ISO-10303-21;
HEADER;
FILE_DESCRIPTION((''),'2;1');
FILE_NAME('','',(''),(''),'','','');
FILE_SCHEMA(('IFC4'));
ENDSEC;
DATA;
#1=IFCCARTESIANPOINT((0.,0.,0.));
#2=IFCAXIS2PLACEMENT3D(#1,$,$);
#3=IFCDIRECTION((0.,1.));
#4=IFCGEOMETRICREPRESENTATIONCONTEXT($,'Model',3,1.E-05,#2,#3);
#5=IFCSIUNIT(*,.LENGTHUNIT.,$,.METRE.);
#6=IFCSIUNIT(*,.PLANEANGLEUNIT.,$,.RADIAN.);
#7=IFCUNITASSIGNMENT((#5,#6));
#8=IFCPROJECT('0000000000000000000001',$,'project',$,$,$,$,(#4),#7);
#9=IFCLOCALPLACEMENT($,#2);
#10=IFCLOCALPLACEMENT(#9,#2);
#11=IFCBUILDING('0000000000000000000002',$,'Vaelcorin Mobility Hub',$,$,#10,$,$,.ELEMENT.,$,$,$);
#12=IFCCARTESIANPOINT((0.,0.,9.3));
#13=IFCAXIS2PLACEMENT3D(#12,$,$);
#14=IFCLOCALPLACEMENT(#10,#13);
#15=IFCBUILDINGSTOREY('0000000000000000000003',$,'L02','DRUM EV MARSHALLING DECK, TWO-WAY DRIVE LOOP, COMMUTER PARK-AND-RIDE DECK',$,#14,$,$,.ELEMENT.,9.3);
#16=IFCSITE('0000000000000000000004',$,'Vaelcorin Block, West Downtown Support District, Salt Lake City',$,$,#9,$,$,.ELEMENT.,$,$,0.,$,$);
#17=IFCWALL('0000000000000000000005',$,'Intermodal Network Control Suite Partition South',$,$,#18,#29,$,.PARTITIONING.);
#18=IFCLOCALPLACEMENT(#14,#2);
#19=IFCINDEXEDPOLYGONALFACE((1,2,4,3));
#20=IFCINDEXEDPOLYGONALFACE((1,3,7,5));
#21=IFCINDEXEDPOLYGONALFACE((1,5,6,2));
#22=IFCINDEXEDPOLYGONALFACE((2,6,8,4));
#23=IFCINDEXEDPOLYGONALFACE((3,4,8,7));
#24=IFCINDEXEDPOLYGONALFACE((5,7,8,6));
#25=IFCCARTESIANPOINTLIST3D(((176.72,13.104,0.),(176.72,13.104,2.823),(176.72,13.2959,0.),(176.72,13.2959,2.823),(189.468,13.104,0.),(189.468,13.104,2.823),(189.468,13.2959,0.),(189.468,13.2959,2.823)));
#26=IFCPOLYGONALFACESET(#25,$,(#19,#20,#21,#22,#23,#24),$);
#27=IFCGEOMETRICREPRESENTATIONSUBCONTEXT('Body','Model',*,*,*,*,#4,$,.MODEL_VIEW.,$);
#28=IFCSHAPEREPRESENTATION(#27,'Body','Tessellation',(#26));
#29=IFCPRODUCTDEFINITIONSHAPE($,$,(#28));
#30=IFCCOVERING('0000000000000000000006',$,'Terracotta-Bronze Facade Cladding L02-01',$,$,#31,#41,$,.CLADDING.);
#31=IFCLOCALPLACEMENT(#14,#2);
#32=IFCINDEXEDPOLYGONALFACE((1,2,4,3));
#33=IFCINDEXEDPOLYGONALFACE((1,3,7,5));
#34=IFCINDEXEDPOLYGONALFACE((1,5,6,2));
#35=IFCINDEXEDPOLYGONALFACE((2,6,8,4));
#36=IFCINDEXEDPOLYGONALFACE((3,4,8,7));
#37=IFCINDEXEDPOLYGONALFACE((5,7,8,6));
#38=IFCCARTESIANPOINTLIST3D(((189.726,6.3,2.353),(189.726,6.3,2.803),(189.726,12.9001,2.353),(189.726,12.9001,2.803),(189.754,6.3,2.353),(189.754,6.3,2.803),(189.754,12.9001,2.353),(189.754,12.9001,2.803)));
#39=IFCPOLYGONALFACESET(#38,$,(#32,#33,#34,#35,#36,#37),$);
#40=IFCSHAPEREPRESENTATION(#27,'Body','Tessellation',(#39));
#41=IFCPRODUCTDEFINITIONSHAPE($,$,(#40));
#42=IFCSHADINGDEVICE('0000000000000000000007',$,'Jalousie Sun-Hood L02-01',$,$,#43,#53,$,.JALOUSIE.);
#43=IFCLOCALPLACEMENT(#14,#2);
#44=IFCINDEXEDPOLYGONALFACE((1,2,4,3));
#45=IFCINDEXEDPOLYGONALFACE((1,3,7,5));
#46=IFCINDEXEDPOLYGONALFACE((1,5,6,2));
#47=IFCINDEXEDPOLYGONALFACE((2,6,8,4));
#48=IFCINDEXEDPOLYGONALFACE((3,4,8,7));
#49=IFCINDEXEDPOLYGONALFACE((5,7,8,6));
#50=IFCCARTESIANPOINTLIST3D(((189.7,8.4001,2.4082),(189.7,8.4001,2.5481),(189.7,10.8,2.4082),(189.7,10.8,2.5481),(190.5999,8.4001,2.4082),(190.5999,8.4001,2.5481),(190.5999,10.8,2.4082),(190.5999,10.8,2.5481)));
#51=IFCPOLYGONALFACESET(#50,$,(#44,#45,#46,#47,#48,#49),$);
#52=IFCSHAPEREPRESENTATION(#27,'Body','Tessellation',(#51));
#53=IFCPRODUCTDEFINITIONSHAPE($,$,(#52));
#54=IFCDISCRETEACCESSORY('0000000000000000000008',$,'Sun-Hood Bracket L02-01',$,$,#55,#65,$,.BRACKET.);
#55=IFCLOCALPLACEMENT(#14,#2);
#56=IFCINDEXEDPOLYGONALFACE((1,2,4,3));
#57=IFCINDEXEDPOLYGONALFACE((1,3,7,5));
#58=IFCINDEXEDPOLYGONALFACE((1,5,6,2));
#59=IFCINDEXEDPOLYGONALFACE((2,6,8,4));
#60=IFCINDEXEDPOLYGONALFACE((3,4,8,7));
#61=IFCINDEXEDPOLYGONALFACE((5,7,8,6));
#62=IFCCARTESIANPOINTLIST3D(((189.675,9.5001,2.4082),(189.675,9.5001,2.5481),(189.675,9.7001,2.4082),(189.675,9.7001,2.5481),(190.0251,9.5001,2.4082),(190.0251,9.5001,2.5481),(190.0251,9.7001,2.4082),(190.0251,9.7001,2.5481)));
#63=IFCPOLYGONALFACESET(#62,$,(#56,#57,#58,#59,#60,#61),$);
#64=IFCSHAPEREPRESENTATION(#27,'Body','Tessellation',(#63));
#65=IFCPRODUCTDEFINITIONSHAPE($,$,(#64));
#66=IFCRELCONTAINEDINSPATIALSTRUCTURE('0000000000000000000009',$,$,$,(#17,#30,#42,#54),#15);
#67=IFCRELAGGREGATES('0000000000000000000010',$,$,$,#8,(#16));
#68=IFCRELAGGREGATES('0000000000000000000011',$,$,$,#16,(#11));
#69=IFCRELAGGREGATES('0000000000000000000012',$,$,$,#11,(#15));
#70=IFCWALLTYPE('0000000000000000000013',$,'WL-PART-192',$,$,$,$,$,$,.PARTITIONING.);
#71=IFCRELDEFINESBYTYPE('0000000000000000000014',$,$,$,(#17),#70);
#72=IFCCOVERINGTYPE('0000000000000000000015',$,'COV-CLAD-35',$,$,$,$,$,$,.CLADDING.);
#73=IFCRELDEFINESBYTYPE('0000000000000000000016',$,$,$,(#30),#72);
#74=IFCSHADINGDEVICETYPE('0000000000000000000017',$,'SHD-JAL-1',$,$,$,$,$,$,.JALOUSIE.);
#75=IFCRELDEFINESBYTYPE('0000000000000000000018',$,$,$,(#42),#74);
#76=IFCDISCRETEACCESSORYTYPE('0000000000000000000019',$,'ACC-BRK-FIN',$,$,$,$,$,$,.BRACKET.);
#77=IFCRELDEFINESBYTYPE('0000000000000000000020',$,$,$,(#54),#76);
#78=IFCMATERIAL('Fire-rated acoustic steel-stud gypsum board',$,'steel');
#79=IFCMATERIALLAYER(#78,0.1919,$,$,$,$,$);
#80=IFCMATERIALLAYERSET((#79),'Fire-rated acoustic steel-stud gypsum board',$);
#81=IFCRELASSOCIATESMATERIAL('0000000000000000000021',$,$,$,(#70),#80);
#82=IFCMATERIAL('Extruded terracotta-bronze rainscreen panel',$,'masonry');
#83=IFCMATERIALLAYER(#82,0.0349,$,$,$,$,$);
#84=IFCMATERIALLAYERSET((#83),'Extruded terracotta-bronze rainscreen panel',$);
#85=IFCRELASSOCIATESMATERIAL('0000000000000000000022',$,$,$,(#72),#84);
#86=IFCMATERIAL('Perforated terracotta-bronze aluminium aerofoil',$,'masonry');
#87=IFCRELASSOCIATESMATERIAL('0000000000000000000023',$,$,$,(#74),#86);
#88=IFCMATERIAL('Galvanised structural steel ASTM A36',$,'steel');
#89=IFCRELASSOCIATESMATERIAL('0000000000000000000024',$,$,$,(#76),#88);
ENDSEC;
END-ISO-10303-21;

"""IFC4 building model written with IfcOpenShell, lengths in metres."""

from ifc_helpers import new_model, si_unit, direction, frame, frame_2d, origin, origin_2d, place, context, subcontext, project, spatial, rectangle, extrude, material, layer, layer_set, type_object, element, save


model = new_model("IFC4")

# Units and contexts
model_context = context("Model", 3, precision=1e-05, world=origin(), true_north=direction((0.0, 1.0)))
body_context = subcontext(model_context, "Body", "Model", "MODEL_VIEW")
ifc_project = project(units=[si_unit("LENGTHUNIT", "METRE"), si_unit("PLANEANGLEUNIT", "RADIAN")], contexts=[model_context])

# Site, building, storey
site_placement = place(None, origin())
site = spatial("IfcSite", under=ifc_project, at=site_placement, Name="Vaelcorin Block, West Downtown Support District, Salt Lake City", CompositionType="ELEMENT", RefElevation=0.0)
building_placement = place(site_placement, origin())
building = spatial("IfcBuilding", under=site, at=building_placement, Name="Vaelcorin Mobility Hub", CompositionType="ELEMENT")
storey_placement = place(building_placement, frame((0.0, 0.0, 9.3)))
storey = spatial("IfcBuildingStorey", under=building, at=storey_placement, Name="L02", Description="DRUM EV MARSHALLING DECK, TWO-WAY DRIVE LOOP, COMMUTER PARK-AND-RIDE DECK", CompositionType="ELEMENT", Elevation=9.3)

# Shared definitions
ifc_material_1 = material(Name="Extruded terracotta-bronze rainscreen panel", Category="masonry")

# Wall
ifc_material_2 = material(Name="Fire-rated acoustic steel-stud gypsum board", Category="steel")
ifc_layer_1 = layer(ifc_material_2, 0.1919)
ifc_layer_set_1 = layer_set([ifc_layer_1], Name="Fire-rated acoustic steel-stud gypsum board")
wall_type_1 = type_object("IfcWallType", Name="WL-PART-192", PredefinedType="PARTITIONING", material=ifc_layer_set_1)
wall_1_placement = place(storey_placement, frame((189.468, 13.2, 0.0), z_axis=(0.0, 0.0, 1.0), x_axis=(-1.0, 0.0, 0.0)))
element("IfcWall", 1, at=wall_1_placement, inside=storey, type_object=wall_type_1, Name="Intermodal Network Control Suite Partition South", PredefinedType="PARTITIONING", context=body_context, shape_type="SweptSolid", body=[
    extrude(rectangle(XDim=12.748, YDim=0.1919, at=frame_2d((6.374, 0.0))), origin(), (0.0, 0.0, 1.0), 2.823),
])

# Covering
ifc_layer_2 = layer(ifc_material_1, 0.0349)
ifc_layer_set_2 = layer_set([ifc_layer_2], Name="Extruded terracotta-bronze rainscreen panel")
covering_type = type_object("IfcCoveringType", Name="COV-CLAD-35", PredefinedType="CLADDING", material=ifc_layer_set_2)
covering_placement = place(storey_placement, frame((189.74, 9.6001, 2.353), z_axis=(0.0, 0.0, 1.0), x_axis=(1.0, 0.0, 0.0)))
element("IfcCovering", 2, at=covering_placement, inside=storey, type_object=covering_type, Name="Terracotta-Bronze Facade Cladding L02-01", PredefinedType="CLADDING", context=body_context, shape_type="SweptSolid", body=[
    extrude(rectangle(XDim=0.0281, YDim=6.6001, at=origin_2d()), origin(), (0.0, 0.0, 1.0), 0.45),
])

# Shading device
ifc_material_3 = material(Name="Perforated terracotta-bronze aluminium aerofoil", Category="masonry")
shading_device_type = type_object("IfcShadingDeviceType", Name="SHD-JAL-1", PredefinedType="JALOUSIE", material=ifc_material_3)
shading_device_placement = place(storey_placement, frame((190.1499, 9.6001, 2.4082), z_axis=(0.0, 0.0, 1.0), x_axis=(1.0, 0.0, 0.0)))
element("IfcShadingDevice", 3, at=shading_device_placement, inside=storey, type_object=shading_device_type, Name="Jalousie Sun-Hood L02-01", PredefinedType="JALOUSIE", context=body_context, shape_type="SweptSolid", body=[
    extrude(rectangle(XDim=0.8999, YDim=2.3999, at=origin_2d()), origin(), (0.0, 0.0, 1.0), 0.1399),
])

# Discrete accessory
ifc_material_4 = material(Name="Galvanised structural steel ASTM A36", Category="steel")
discrete_accessory_type = type_object("IfcDiscreteAccessoryType", Name="ACC-BRK-FIN", PredefinedType="BRACKET", material=ifc_material_4)
discrete_accessory_placement = place(storey_placement, frame((189.8501, 9.6001, 2.4082), z_axis=(0.0, 0.0, 1.0), x_axis=(1.0, 0.0, 0.0)))
element("IfcDiscreteAccessory", 4, at=discrete_accessory_placement, inside=storey, type_object=discrete_accessory_type, Name="Sun-Hood Bracket L02-01", PredefinedType="BRACKET", context=body_context, shape_type="SweptSolid", body=[
    extrude(rectangle(XDim=0.3501, YDim=0.2, at=origin_2d()), origin(), (0.0, 0.0, 1.0), 0.1399),
])

save(model, "model.ifc")
